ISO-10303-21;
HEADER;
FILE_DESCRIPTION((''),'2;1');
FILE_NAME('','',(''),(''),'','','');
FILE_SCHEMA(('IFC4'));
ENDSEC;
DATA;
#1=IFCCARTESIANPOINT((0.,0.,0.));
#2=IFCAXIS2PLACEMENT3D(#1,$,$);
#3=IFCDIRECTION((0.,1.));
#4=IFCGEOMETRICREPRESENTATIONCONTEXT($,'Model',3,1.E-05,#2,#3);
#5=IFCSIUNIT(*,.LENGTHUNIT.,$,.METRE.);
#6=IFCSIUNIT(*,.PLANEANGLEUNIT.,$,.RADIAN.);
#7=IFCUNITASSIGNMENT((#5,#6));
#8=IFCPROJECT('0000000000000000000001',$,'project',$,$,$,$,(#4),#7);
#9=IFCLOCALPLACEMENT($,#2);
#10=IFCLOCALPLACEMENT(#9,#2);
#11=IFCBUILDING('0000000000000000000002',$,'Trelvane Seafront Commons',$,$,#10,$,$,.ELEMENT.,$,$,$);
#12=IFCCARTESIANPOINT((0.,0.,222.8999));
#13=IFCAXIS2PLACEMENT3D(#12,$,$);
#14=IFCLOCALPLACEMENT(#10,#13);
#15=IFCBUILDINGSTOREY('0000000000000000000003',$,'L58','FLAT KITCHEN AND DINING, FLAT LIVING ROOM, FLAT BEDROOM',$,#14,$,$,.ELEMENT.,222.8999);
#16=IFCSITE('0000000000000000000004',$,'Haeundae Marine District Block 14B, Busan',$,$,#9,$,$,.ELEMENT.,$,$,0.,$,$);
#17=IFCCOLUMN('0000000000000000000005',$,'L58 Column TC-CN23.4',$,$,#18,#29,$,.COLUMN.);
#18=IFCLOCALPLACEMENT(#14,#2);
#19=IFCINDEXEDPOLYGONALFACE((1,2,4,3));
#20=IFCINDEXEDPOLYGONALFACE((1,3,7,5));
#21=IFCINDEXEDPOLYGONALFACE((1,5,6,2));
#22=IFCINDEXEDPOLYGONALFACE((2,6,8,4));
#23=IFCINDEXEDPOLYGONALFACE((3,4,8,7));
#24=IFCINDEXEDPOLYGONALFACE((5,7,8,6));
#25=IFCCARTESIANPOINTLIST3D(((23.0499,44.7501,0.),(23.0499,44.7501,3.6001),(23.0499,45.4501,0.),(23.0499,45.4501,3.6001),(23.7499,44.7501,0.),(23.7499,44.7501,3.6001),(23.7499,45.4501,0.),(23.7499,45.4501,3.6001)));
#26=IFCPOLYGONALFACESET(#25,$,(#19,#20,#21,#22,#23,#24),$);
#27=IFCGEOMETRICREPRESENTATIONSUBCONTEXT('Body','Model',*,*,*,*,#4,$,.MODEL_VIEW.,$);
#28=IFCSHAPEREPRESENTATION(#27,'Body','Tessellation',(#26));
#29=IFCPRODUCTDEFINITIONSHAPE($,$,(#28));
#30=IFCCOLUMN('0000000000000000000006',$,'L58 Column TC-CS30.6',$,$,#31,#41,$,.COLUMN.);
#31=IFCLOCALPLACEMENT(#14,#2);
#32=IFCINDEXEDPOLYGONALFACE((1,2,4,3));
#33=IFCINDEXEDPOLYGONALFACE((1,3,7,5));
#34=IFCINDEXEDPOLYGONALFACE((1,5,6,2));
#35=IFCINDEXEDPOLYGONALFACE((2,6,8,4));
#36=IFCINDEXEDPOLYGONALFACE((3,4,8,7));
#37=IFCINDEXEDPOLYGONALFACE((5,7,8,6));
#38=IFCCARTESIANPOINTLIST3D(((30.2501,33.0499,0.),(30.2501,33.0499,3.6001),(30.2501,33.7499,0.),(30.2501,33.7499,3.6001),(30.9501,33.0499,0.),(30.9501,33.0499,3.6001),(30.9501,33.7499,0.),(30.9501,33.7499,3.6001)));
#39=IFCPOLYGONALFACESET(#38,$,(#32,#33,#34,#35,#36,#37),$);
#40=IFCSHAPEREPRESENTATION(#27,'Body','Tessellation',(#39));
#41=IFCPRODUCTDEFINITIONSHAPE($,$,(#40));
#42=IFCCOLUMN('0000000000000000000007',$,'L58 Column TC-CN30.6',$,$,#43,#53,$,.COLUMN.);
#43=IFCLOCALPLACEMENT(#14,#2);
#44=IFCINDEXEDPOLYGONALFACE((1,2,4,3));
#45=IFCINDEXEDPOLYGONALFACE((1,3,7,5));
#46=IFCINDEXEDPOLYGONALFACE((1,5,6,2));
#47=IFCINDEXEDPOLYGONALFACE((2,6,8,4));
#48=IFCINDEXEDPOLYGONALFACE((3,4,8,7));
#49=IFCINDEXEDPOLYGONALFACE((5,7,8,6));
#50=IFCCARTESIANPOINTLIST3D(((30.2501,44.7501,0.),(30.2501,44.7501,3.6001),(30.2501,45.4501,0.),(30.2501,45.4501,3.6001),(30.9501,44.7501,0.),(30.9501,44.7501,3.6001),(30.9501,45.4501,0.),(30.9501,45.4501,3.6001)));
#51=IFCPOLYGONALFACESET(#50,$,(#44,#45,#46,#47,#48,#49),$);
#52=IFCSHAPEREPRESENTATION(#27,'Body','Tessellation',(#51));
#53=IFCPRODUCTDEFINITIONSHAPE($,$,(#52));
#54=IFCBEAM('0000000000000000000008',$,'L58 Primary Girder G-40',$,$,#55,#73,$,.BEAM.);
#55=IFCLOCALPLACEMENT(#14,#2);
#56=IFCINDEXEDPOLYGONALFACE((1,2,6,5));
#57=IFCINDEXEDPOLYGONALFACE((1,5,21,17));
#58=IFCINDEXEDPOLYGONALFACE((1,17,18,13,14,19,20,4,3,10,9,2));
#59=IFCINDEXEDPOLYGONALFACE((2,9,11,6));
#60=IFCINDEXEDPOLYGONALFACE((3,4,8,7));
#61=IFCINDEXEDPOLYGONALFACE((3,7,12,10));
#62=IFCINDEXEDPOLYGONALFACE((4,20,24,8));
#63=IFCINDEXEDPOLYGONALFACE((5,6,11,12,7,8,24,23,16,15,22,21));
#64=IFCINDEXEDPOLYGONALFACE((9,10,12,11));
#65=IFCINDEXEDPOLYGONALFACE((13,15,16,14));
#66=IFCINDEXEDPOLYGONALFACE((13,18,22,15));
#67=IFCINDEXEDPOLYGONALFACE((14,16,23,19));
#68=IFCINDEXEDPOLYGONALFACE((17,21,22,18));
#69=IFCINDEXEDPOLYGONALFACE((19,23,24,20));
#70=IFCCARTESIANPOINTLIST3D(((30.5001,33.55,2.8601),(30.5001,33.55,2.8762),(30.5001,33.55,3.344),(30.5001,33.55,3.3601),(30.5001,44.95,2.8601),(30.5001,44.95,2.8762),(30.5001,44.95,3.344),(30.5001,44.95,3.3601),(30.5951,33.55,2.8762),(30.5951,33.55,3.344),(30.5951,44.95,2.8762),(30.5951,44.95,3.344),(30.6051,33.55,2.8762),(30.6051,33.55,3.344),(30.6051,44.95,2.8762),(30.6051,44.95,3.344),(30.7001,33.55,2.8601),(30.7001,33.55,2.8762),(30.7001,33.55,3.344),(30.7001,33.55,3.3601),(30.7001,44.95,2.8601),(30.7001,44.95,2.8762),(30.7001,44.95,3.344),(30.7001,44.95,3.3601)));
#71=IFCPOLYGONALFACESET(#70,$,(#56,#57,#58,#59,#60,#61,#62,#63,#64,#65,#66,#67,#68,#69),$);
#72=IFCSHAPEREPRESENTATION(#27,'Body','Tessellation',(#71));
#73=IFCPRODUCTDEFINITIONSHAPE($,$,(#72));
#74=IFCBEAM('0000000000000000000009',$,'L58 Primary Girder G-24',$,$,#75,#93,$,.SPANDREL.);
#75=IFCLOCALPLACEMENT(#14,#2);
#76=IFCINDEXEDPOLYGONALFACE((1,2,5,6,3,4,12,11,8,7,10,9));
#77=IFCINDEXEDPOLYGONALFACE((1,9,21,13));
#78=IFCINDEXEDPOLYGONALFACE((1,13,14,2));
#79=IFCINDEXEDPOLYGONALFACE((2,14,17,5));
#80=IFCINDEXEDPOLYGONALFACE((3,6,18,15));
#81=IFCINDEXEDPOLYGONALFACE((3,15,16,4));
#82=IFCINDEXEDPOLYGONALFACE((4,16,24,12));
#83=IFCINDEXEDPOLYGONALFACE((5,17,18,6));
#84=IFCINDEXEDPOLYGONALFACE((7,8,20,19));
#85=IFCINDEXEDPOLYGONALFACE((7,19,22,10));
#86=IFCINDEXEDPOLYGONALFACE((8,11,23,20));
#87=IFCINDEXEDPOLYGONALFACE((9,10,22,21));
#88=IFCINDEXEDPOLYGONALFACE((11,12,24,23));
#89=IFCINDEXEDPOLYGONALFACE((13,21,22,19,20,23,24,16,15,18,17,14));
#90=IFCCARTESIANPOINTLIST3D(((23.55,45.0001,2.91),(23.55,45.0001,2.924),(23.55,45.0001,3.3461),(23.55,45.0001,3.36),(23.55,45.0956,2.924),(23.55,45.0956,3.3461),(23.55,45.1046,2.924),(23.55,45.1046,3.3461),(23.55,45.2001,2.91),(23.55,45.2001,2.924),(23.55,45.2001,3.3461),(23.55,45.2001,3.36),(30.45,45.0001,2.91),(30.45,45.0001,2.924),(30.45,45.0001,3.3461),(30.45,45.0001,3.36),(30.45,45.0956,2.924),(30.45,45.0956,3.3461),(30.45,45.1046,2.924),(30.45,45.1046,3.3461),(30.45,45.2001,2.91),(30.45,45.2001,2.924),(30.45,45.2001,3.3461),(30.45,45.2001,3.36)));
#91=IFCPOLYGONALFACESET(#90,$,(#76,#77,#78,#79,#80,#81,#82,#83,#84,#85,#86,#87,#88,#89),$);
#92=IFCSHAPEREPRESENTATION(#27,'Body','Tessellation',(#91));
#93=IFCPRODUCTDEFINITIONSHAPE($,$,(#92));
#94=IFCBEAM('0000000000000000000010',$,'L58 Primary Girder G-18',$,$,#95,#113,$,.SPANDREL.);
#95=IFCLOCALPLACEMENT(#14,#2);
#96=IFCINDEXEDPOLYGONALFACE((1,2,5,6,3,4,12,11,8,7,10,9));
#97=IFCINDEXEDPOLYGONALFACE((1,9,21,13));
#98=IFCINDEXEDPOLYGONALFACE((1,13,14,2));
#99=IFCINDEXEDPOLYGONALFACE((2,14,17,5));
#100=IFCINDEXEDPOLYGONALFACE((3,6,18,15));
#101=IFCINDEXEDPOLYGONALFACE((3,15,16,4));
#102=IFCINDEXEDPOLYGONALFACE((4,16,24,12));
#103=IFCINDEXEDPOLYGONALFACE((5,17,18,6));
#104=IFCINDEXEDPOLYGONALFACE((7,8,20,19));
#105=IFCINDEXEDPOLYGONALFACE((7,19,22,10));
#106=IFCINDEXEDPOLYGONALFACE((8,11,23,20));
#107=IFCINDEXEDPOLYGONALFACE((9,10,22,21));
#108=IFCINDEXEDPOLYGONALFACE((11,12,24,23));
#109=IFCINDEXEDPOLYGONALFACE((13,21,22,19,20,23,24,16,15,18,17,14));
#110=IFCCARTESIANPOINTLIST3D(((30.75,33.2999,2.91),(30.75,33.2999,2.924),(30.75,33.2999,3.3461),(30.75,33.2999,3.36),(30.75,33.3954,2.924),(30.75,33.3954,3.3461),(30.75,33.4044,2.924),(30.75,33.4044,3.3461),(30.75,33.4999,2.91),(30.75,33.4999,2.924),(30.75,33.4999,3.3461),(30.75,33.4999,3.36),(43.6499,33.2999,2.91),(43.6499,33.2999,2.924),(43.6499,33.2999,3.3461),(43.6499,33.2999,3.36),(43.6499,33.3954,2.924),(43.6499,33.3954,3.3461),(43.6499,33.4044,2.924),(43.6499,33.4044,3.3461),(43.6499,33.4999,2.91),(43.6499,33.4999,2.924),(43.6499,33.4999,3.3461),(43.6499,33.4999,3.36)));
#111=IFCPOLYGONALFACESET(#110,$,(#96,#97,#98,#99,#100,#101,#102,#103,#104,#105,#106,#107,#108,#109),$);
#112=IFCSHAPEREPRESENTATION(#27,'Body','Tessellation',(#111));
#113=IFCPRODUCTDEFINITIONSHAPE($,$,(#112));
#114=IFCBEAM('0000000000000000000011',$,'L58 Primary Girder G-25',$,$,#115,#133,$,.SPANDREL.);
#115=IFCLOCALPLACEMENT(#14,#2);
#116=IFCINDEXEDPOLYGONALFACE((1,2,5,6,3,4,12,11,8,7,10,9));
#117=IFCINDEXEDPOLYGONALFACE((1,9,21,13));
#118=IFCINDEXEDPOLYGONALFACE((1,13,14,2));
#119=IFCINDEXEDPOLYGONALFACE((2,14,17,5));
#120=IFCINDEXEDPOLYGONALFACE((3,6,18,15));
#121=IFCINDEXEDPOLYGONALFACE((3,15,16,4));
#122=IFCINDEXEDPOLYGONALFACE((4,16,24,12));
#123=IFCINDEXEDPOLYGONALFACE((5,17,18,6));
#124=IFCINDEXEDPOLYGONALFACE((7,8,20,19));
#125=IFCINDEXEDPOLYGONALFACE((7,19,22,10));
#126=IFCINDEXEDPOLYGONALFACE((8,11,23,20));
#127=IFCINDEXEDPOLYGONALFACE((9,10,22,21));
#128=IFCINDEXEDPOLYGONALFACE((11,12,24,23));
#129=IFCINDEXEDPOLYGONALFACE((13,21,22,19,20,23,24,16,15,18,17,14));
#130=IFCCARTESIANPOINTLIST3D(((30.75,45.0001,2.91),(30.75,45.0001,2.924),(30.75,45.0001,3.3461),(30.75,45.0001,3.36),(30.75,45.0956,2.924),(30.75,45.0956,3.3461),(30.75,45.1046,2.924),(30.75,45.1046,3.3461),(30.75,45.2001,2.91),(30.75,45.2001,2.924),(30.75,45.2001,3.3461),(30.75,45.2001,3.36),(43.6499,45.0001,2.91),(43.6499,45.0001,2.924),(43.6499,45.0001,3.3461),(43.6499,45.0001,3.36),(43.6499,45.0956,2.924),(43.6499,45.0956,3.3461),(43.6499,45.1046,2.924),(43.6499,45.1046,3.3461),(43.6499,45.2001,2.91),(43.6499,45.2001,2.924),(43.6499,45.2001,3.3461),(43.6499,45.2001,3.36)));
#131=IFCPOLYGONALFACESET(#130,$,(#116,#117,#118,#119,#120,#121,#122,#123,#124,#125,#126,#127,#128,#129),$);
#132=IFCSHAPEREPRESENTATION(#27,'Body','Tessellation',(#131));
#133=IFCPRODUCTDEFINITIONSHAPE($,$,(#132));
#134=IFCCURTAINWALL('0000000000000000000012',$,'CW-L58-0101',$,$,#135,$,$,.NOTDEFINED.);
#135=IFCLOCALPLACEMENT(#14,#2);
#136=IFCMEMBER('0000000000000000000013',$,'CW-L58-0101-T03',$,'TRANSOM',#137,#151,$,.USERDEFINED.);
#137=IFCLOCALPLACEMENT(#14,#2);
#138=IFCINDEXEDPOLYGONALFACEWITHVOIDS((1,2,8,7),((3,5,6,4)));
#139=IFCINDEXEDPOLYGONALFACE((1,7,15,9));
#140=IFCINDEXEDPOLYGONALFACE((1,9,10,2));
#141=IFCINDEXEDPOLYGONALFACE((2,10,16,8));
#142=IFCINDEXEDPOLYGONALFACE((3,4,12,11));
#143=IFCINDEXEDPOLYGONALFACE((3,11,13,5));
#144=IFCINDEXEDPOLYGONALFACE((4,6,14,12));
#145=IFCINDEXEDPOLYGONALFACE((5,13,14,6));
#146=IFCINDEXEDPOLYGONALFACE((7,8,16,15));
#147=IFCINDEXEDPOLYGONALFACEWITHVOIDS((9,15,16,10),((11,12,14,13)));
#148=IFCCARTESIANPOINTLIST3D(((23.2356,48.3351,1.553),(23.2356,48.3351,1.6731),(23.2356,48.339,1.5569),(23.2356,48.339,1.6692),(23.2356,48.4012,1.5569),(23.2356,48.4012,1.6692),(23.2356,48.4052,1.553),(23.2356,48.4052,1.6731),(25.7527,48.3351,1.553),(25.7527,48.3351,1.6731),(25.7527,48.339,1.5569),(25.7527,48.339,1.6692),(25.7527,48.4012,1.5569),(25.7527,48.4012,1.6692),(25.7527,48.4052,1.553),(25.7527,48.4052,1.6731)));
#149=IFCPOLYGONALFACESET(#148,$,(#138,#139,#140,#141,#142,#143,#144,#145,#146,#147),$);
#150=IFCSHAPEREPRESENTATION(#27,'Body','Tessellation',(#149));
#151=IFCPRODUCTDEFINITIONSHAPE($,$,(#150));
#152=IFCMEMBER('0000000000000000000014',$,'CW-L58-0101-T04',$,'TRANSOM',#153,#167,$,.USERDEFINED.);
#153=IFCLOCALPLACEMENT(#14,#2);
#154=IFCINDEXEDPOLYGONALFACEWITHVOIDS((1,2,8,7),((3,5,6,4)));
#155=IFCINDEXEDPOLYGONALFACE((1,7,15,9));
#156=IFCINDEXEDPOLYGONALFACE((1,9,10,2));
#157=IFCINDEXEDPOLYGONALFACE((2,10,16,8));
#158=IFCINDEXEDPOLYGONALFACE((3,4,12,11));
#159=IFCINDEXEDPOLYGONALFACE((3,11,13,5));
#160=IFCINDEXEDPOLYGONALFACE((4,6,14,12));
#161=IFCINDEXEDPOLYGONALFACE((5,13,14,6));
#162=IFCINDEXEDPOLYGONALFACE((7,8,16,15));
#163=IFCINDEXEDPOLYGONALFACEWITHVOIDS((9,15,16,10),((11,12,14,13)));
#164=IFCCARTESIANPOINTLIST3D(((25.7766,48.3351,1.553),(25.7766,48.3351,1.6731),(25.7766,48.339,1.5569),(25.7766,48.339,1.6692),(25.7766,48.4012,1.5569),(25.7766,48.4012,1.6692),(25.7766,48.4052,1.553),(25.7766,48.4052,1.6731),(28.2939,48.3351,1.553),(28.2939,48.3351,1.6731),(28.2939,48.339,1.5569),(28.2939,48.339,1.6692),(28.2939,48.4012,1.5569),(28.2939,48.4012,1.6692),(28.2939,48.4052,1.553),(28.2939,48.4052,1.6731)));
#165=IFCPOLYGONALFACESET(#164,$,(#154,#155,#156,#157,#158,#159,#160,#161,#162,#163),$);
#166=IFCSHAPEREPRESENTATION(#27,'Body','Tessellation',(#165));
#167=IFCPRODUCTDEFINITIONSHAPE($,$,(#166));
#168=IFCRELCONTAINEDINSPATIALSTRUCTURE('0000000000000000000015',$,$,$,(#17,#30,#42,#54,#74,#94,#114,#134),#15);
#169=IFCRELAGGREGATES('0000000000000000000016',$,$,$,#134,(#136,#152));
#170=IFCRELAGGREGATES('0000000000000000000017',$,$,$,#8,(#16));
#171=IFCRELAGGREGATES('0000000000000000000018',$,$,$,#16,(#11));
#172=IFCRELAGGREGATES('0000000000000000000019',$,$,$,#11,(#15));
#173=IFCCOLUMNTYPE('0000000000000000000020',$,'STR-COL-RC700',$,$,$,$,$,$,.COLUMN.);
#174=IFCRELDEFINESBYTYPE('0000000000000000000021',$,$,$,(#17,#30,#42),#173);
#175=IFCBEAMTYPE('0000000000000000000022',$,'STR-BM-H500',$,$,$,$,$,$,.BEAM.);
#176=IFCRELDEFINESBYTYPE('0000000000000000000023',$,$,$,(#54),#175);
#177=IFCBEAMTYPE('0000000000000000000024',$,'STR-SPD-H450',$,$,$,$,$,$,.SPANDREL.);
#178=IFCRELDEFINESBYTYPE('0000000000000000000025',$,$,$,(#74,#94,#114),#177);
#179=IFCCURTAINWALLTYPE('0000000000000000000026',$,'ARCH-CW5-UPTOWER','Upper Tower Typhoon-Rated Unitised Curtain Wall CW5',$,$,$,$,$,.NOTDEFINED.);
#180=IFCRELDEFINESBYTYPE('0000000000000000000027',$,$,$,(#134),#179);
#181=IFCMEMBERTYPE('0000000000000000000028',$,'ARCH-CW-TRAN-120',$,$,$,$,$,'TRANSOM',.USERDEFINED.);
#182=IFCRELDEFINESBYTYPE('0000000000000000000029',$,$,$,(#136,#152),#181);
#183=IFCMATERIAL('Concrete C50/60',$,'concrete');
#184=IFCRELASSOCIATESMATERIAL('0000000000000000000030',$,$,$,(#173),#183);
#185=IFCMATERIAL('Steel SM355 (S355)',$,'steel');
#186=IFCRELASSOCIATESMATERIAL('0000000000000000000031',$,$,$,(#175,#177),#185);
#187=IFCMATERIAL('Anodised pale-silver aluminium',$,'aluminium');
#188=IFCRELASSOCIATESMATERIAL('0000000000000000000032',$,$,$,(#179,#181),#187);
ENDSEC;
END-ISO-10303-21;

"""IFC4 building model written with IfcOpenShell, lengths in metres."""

from ifc_helpers import new_model, si_unit, direction, frame, origin, origin_2d, place, context, subcontext, project, spatial, rectangle, hollow_rectangle, i_section, extrude, source, transform, mapped, material, material_profile, profile_set, type_object, element, aggregate, save


model = new_model("IFC4")

# Units and contexts
model_context = context("Model", 3, precision=1e-05, world=origin(), true_north=direction((0.0, 1.0)))
body_context = subcontext(model_context, "Body", "Model", "MODEL_VIEW")
ifc_project = project(units=[si_unit("LENGTHUNIT", "METRE"), si_unit("PLANEANGLEUNIT", "RADIAN")], contexts=[model_context])

# Site, building, storey
site_placement = place(None, origin())
site = spatial("IfcSite", under=ifc_project, at=site_placement, Name="Haeundae Marine District Block 14B, Busan", CompositionType="ELEMENT", RefElevation=0.0)
building_placement = place(site_placement, origin())
building = spatial("IfcBuilding", under=site, at=building_placement, Name="Trelvane Seafront Commons", CompositionType="ELEMENT")
storey_placement = place(building_placement, frame((0.0, 0.0, 222.8999)))
storey = spatial("IfcBuildingStorey", under=building, at=storey_placement, Name="L58", Description="FLAT KITCHEN AND DINING, FLAT LIVING ROOM, FLAT BEDROOM", CompositionType="ELEMENT", Elevation=222.8999)

# Columns
ifc_material_1 = material(Name="Concrete C50/60", Category="concrete")
ifc_material_profile_1 = material_profile(ifc_material_1, rectangle(XDim=0.7, YDim=0.7, at=origin_2d()), Name="RC-700x700")
ifc_profile_set_1 = profile_set([ifc_material_profile_1], Name="Concrete C50/60")
column_type = type_object("IfcColumnType", Name="STR-COL-RC700", PredefinedType="COLUMN", material=ifc_profile_set_1)
shared_shape_1 = source(origin(), body_context, "Body", "SweptSolid", [
    extrude(rectangle(XDim=0.7, YDim=0.7, at=origin_2d()), origin(), (0.0, 0.0, 1.0), 3.6001),
])
for number, where, z_axis, x_axis, name in (
    (1, (23.3999, 45.1001, 0.0), (0.0, 0.0, 1.0), (1.0, 0.0, 0.0), "L58 Column TC-CN23.4"),
    (2, (30.6001, 33.3999, 0.0), (0.0, 0.0, 1.0), (1.0, 0.0, 0.0), "L58 Column TC-CS30.6"),
    (3, (30.6001, 45.1001, 0.0), (0.0, 0.0, 1.0), (1.0, 0.0, 0.0), "L58 Column TC-CN30.6"),
):
    element("IfcColumn", number, at=place(storey_placement, frame(where, z_axis=z_axis, x_axis=x_axis)), inside=storey, type_object=column_type, Name=name, PredefinedType="COLUMN", context=body_context, shape_type="MappedRepresentation", body=[
        mapped(shared_shape_1, transform((0.0, 0.0, 0.0), x_axis=(1.0, 0.0, 0.0), y_axis=(0.0, 1.0, 0.0), z_axis=(0.0, 0.0, 1.0), scale=1.0)),
    ])

# Beams
ifc_material_2 = material(Name="Steel SM355 (S355)", Category="steel")
ifc_material_profile_2 = material_profile(ifc_material_2, i_section(OverallWidth=0.2, OverallDepth=0.5, WebThickness=0.01, FlangeThickness=0.0161, at=origin_2d()), Name="H-500x200x10x16")
ifc_profile_set_2 = profile_set([ifc_material_profile_2], Name="Steel SM355 (S355)")
beam_type_1 = type_object("IfcBeamType", Name="STR-BM-H500", PredefinedType="BEAM", material=ifc_profile_set_2)
shared_shape_2 = source(origin(), body_context, "Body", "SweptSolid", [
    extrude(i_section(OverallWidth=0.2, OverallDepth=0.5, WebThickness=0.01, FlangeThickness=0.0161, at=origin_2d()), origin(), (0.0, 0.0, 1.0), 11.3999),
])
beam_1_placement = place(storey_placement, frame((30.6001, 33.55, 3.1101), z_axis=(0.0, 1.0, 0.0), x_axis=(-1.0, 0.0, 0.0)))
element("IfcBeam", 4, at=beam_1_placement, inside=storey, type_object=beam_type_1, Name="L58 Primary Girder G-40", PredefinedType="BEAM", context=body_context, shape_type="MappedRepresentation", body=[
    mapped(shared_shape_2, transform((0.0, 0.0, 0.0), x_axis=(1.0, 0.0, 0.0), y_axis=(0.0, 1.0, 0.0), z_axis=(0.0, 0.0, 1.0), scale=1.0)),
])
ifc_material_profile_3 = material_profile(ifc_material_2, i_section(OverallWidth=0.2, OverallDepth=0.45, WebThickness=0.009, FlangeThickness=0.0139, at=origin_2d()), Name="H-450x200x9x14")
ifc_profile_set_3 = profile_set([ifc_material_profile_3], Name="Steel SM355 (S355)")
beam_type_2 = type_object("IfcBeamType", Name="STR-SPD-H450", PredefinedType="SPANDREL", material=ifc_profile_set_3)
shared_shape_3 = source(origin(), body_context, "Body", "SweptSolid", [
    extrude(i_section(OverallWidth=0.2, OverallDepth=0.45, WebThickness=0.009, FlangeThickness=0.0139, at=origin_2d()), origin(), (0.0, 0.0, 1.0), 6.8999),
])
beam_2_placement = place(storey_placement, frame((23.55, 45.1001, 3.135), z_axis=(1.0, 0.0, 0.0), x_axis=(0.0, 1.0, 0.0)))
element("IfcBeam", 5, at=beam_2_placement, inside=storey, type_object=beam_type_2, Name="L58 Primary Girder G-24", PredefinedType="SPANDREL", context=body_context, shape_type="MappedRepresentation", body=[
    mapped(shared_shape_3, transform((0.0, 0.0, 0.0), x_axis=(1.0, 0.0, 0.0), y_axis=(0.0, 1.0, 0.0), z_axis=(0.0, 0.0, 1.0), scale=1.0)),
])
shared_shape_4 = source(origin(), body_context, "Body", "SweptSolid", [
    extrude(i_section(OverallWidth=0.2, OverallDepth=0.45, WebThickness=0.009, FlangeThickness=0.0139, at=origin_2d()), origin(), (0.0, 0.0, 1.0), 12.8999),
])
for number, where, z_axis, x_axis, name in (
    (6, (30.75, 33.3999, 3.135), (1.0, 0.0, 0.0), (0.0, 1.0, 0.0), "L58 Primary Girder G-18"),
    (7, (30.75, 45.1001, 3.135), (1.0, 0.0, 0.0), (0.0, 1.0, 0.0), "L58 Primary Girder G-25"),
):
    element("IfcBeam", number, at=place(storey_placement, frame(where, z_axis=z_axis, x_axis=x_axis)), inside=storey, type_object=beam_type_2, Name=name, PredefinedType="SPANDREL", context=body_context, shape_type="MappedRepresentation", body=[
        mapped(shared_shape_4, transform((0.0, 0.0, 0.0), x_axis=(1.0, 0.0, 0.0), y_axis=(0.0, 1.0, 0.0), z_axis=(0.0, 0.0, 1.0), scale=1.0)),
    ])

# Curtain wall, members
ifc_material_3 = material(Name="Anodised pale-silver aluminium", Category="aluminium")
curtain_wall_type = type_object("IfcCurtainWallType", Name="ARCH-CW5-UPTOWER", Description="Upper Tower Typhoon-Rated Unitised Curtain Wall CW5", PredefinedType="NOTDEFINED", material=ifc_material_3)
curtain_wall_placement = place(storey_placement, origin())
curtain_wall = element("IfcCurtainWall", 8, at=curtain_wall_placement, inside=storey, type_object=curtain_wall_type, Name="CW-L58-0101", PredefinedType="NOTDEFINED")
ifc_material_profile_4 = material_profile(ifc_material_3, hollow_rectangle(XDim=0.0701, YDim=0.1201, WallThickness=0.0039, at=origin_2d()), Name="TRAN-70x120x4")
ifc_profile_set_4 = profile_set([ifc_material_profile_4], Name="Anodised pale-silver aluminium")
member_type_1 = type_object("IfcMemberType", Name="ARCH-CW-TRAN-120", ElementType="TRANSOM", PredefinedType="USERDEFINED", material=ifc_profile_set_4)
shared_shape_5 = source(origin(), body_context, "Body", "SweptSolid", [
    extrude(hollow_rectangle(XDim=0.0701, YDim=0.1201, WallThickness=0.0039, at=origin_2d()), origin(), (0.0, 0.0, 1.0), 2.5171),
])
member_1_placement = place(storey_placement, frame((23.2356, 48.3701, 1.613), z_axis=(1.0, 0.0, 0.0), x_axis=(0.0, 1.0, 0.0)))
member_1 = element("IfcMember", 9, at=member_1_placement, type_object=member_type_1, Name="CW-L58-0101-T03", ObjectType="TRANSOM", PredefinedType="USERDEFINED", context=body_context, shape_type="MappedRepresentation", body=[
    mapped(shared_shape_5, transform((0.0, 0.0, 0.0), x_axis=(1.0, 0.0, 0.0), y_axis=(0.0, 1.0, 0.0), z_axis=(0.0, 0.0, 1.0), scale=1.0)),
])
shared_shape_6 = source(origin(), body_context, "Body", "SweptSolid", [
    extrude(hollow_rectangle(XDim=0.0701, YDim=0.1201, WallThickness=0.0039, at=origin_2d()), origin(), (0.0, 0.0, 1.0), 2.5173),
])
member_2_placement = place(storey_placement, frame((25.7766, 48.3701, 1.613), z_axis=(1.0, 0.0, 0.0), x_axis=(0.0, 1.0, 0.0)))
member_2 = element("IfcMember", 10, at=member_2_placement, type_object=member_type_1, Name="CW-L58-0101-T04", ObjectType="TRANSOM", PredefinedType="USERDEFINED", context=body_context, shape_type="MappedRepresentation", body=[
    mapped(shared_shape_6, transform((0.0, 0.0, 0.0), x_axis=(1.0, 0.0, 0.0), y_axis=(0.0, 1.0, 0.0), z_axis=(0.0, 0.0, 1.0), scale=1.0)),
])
aggregate(curtain_wall, [member_1, member_2])

save(model, "model.ifc")
